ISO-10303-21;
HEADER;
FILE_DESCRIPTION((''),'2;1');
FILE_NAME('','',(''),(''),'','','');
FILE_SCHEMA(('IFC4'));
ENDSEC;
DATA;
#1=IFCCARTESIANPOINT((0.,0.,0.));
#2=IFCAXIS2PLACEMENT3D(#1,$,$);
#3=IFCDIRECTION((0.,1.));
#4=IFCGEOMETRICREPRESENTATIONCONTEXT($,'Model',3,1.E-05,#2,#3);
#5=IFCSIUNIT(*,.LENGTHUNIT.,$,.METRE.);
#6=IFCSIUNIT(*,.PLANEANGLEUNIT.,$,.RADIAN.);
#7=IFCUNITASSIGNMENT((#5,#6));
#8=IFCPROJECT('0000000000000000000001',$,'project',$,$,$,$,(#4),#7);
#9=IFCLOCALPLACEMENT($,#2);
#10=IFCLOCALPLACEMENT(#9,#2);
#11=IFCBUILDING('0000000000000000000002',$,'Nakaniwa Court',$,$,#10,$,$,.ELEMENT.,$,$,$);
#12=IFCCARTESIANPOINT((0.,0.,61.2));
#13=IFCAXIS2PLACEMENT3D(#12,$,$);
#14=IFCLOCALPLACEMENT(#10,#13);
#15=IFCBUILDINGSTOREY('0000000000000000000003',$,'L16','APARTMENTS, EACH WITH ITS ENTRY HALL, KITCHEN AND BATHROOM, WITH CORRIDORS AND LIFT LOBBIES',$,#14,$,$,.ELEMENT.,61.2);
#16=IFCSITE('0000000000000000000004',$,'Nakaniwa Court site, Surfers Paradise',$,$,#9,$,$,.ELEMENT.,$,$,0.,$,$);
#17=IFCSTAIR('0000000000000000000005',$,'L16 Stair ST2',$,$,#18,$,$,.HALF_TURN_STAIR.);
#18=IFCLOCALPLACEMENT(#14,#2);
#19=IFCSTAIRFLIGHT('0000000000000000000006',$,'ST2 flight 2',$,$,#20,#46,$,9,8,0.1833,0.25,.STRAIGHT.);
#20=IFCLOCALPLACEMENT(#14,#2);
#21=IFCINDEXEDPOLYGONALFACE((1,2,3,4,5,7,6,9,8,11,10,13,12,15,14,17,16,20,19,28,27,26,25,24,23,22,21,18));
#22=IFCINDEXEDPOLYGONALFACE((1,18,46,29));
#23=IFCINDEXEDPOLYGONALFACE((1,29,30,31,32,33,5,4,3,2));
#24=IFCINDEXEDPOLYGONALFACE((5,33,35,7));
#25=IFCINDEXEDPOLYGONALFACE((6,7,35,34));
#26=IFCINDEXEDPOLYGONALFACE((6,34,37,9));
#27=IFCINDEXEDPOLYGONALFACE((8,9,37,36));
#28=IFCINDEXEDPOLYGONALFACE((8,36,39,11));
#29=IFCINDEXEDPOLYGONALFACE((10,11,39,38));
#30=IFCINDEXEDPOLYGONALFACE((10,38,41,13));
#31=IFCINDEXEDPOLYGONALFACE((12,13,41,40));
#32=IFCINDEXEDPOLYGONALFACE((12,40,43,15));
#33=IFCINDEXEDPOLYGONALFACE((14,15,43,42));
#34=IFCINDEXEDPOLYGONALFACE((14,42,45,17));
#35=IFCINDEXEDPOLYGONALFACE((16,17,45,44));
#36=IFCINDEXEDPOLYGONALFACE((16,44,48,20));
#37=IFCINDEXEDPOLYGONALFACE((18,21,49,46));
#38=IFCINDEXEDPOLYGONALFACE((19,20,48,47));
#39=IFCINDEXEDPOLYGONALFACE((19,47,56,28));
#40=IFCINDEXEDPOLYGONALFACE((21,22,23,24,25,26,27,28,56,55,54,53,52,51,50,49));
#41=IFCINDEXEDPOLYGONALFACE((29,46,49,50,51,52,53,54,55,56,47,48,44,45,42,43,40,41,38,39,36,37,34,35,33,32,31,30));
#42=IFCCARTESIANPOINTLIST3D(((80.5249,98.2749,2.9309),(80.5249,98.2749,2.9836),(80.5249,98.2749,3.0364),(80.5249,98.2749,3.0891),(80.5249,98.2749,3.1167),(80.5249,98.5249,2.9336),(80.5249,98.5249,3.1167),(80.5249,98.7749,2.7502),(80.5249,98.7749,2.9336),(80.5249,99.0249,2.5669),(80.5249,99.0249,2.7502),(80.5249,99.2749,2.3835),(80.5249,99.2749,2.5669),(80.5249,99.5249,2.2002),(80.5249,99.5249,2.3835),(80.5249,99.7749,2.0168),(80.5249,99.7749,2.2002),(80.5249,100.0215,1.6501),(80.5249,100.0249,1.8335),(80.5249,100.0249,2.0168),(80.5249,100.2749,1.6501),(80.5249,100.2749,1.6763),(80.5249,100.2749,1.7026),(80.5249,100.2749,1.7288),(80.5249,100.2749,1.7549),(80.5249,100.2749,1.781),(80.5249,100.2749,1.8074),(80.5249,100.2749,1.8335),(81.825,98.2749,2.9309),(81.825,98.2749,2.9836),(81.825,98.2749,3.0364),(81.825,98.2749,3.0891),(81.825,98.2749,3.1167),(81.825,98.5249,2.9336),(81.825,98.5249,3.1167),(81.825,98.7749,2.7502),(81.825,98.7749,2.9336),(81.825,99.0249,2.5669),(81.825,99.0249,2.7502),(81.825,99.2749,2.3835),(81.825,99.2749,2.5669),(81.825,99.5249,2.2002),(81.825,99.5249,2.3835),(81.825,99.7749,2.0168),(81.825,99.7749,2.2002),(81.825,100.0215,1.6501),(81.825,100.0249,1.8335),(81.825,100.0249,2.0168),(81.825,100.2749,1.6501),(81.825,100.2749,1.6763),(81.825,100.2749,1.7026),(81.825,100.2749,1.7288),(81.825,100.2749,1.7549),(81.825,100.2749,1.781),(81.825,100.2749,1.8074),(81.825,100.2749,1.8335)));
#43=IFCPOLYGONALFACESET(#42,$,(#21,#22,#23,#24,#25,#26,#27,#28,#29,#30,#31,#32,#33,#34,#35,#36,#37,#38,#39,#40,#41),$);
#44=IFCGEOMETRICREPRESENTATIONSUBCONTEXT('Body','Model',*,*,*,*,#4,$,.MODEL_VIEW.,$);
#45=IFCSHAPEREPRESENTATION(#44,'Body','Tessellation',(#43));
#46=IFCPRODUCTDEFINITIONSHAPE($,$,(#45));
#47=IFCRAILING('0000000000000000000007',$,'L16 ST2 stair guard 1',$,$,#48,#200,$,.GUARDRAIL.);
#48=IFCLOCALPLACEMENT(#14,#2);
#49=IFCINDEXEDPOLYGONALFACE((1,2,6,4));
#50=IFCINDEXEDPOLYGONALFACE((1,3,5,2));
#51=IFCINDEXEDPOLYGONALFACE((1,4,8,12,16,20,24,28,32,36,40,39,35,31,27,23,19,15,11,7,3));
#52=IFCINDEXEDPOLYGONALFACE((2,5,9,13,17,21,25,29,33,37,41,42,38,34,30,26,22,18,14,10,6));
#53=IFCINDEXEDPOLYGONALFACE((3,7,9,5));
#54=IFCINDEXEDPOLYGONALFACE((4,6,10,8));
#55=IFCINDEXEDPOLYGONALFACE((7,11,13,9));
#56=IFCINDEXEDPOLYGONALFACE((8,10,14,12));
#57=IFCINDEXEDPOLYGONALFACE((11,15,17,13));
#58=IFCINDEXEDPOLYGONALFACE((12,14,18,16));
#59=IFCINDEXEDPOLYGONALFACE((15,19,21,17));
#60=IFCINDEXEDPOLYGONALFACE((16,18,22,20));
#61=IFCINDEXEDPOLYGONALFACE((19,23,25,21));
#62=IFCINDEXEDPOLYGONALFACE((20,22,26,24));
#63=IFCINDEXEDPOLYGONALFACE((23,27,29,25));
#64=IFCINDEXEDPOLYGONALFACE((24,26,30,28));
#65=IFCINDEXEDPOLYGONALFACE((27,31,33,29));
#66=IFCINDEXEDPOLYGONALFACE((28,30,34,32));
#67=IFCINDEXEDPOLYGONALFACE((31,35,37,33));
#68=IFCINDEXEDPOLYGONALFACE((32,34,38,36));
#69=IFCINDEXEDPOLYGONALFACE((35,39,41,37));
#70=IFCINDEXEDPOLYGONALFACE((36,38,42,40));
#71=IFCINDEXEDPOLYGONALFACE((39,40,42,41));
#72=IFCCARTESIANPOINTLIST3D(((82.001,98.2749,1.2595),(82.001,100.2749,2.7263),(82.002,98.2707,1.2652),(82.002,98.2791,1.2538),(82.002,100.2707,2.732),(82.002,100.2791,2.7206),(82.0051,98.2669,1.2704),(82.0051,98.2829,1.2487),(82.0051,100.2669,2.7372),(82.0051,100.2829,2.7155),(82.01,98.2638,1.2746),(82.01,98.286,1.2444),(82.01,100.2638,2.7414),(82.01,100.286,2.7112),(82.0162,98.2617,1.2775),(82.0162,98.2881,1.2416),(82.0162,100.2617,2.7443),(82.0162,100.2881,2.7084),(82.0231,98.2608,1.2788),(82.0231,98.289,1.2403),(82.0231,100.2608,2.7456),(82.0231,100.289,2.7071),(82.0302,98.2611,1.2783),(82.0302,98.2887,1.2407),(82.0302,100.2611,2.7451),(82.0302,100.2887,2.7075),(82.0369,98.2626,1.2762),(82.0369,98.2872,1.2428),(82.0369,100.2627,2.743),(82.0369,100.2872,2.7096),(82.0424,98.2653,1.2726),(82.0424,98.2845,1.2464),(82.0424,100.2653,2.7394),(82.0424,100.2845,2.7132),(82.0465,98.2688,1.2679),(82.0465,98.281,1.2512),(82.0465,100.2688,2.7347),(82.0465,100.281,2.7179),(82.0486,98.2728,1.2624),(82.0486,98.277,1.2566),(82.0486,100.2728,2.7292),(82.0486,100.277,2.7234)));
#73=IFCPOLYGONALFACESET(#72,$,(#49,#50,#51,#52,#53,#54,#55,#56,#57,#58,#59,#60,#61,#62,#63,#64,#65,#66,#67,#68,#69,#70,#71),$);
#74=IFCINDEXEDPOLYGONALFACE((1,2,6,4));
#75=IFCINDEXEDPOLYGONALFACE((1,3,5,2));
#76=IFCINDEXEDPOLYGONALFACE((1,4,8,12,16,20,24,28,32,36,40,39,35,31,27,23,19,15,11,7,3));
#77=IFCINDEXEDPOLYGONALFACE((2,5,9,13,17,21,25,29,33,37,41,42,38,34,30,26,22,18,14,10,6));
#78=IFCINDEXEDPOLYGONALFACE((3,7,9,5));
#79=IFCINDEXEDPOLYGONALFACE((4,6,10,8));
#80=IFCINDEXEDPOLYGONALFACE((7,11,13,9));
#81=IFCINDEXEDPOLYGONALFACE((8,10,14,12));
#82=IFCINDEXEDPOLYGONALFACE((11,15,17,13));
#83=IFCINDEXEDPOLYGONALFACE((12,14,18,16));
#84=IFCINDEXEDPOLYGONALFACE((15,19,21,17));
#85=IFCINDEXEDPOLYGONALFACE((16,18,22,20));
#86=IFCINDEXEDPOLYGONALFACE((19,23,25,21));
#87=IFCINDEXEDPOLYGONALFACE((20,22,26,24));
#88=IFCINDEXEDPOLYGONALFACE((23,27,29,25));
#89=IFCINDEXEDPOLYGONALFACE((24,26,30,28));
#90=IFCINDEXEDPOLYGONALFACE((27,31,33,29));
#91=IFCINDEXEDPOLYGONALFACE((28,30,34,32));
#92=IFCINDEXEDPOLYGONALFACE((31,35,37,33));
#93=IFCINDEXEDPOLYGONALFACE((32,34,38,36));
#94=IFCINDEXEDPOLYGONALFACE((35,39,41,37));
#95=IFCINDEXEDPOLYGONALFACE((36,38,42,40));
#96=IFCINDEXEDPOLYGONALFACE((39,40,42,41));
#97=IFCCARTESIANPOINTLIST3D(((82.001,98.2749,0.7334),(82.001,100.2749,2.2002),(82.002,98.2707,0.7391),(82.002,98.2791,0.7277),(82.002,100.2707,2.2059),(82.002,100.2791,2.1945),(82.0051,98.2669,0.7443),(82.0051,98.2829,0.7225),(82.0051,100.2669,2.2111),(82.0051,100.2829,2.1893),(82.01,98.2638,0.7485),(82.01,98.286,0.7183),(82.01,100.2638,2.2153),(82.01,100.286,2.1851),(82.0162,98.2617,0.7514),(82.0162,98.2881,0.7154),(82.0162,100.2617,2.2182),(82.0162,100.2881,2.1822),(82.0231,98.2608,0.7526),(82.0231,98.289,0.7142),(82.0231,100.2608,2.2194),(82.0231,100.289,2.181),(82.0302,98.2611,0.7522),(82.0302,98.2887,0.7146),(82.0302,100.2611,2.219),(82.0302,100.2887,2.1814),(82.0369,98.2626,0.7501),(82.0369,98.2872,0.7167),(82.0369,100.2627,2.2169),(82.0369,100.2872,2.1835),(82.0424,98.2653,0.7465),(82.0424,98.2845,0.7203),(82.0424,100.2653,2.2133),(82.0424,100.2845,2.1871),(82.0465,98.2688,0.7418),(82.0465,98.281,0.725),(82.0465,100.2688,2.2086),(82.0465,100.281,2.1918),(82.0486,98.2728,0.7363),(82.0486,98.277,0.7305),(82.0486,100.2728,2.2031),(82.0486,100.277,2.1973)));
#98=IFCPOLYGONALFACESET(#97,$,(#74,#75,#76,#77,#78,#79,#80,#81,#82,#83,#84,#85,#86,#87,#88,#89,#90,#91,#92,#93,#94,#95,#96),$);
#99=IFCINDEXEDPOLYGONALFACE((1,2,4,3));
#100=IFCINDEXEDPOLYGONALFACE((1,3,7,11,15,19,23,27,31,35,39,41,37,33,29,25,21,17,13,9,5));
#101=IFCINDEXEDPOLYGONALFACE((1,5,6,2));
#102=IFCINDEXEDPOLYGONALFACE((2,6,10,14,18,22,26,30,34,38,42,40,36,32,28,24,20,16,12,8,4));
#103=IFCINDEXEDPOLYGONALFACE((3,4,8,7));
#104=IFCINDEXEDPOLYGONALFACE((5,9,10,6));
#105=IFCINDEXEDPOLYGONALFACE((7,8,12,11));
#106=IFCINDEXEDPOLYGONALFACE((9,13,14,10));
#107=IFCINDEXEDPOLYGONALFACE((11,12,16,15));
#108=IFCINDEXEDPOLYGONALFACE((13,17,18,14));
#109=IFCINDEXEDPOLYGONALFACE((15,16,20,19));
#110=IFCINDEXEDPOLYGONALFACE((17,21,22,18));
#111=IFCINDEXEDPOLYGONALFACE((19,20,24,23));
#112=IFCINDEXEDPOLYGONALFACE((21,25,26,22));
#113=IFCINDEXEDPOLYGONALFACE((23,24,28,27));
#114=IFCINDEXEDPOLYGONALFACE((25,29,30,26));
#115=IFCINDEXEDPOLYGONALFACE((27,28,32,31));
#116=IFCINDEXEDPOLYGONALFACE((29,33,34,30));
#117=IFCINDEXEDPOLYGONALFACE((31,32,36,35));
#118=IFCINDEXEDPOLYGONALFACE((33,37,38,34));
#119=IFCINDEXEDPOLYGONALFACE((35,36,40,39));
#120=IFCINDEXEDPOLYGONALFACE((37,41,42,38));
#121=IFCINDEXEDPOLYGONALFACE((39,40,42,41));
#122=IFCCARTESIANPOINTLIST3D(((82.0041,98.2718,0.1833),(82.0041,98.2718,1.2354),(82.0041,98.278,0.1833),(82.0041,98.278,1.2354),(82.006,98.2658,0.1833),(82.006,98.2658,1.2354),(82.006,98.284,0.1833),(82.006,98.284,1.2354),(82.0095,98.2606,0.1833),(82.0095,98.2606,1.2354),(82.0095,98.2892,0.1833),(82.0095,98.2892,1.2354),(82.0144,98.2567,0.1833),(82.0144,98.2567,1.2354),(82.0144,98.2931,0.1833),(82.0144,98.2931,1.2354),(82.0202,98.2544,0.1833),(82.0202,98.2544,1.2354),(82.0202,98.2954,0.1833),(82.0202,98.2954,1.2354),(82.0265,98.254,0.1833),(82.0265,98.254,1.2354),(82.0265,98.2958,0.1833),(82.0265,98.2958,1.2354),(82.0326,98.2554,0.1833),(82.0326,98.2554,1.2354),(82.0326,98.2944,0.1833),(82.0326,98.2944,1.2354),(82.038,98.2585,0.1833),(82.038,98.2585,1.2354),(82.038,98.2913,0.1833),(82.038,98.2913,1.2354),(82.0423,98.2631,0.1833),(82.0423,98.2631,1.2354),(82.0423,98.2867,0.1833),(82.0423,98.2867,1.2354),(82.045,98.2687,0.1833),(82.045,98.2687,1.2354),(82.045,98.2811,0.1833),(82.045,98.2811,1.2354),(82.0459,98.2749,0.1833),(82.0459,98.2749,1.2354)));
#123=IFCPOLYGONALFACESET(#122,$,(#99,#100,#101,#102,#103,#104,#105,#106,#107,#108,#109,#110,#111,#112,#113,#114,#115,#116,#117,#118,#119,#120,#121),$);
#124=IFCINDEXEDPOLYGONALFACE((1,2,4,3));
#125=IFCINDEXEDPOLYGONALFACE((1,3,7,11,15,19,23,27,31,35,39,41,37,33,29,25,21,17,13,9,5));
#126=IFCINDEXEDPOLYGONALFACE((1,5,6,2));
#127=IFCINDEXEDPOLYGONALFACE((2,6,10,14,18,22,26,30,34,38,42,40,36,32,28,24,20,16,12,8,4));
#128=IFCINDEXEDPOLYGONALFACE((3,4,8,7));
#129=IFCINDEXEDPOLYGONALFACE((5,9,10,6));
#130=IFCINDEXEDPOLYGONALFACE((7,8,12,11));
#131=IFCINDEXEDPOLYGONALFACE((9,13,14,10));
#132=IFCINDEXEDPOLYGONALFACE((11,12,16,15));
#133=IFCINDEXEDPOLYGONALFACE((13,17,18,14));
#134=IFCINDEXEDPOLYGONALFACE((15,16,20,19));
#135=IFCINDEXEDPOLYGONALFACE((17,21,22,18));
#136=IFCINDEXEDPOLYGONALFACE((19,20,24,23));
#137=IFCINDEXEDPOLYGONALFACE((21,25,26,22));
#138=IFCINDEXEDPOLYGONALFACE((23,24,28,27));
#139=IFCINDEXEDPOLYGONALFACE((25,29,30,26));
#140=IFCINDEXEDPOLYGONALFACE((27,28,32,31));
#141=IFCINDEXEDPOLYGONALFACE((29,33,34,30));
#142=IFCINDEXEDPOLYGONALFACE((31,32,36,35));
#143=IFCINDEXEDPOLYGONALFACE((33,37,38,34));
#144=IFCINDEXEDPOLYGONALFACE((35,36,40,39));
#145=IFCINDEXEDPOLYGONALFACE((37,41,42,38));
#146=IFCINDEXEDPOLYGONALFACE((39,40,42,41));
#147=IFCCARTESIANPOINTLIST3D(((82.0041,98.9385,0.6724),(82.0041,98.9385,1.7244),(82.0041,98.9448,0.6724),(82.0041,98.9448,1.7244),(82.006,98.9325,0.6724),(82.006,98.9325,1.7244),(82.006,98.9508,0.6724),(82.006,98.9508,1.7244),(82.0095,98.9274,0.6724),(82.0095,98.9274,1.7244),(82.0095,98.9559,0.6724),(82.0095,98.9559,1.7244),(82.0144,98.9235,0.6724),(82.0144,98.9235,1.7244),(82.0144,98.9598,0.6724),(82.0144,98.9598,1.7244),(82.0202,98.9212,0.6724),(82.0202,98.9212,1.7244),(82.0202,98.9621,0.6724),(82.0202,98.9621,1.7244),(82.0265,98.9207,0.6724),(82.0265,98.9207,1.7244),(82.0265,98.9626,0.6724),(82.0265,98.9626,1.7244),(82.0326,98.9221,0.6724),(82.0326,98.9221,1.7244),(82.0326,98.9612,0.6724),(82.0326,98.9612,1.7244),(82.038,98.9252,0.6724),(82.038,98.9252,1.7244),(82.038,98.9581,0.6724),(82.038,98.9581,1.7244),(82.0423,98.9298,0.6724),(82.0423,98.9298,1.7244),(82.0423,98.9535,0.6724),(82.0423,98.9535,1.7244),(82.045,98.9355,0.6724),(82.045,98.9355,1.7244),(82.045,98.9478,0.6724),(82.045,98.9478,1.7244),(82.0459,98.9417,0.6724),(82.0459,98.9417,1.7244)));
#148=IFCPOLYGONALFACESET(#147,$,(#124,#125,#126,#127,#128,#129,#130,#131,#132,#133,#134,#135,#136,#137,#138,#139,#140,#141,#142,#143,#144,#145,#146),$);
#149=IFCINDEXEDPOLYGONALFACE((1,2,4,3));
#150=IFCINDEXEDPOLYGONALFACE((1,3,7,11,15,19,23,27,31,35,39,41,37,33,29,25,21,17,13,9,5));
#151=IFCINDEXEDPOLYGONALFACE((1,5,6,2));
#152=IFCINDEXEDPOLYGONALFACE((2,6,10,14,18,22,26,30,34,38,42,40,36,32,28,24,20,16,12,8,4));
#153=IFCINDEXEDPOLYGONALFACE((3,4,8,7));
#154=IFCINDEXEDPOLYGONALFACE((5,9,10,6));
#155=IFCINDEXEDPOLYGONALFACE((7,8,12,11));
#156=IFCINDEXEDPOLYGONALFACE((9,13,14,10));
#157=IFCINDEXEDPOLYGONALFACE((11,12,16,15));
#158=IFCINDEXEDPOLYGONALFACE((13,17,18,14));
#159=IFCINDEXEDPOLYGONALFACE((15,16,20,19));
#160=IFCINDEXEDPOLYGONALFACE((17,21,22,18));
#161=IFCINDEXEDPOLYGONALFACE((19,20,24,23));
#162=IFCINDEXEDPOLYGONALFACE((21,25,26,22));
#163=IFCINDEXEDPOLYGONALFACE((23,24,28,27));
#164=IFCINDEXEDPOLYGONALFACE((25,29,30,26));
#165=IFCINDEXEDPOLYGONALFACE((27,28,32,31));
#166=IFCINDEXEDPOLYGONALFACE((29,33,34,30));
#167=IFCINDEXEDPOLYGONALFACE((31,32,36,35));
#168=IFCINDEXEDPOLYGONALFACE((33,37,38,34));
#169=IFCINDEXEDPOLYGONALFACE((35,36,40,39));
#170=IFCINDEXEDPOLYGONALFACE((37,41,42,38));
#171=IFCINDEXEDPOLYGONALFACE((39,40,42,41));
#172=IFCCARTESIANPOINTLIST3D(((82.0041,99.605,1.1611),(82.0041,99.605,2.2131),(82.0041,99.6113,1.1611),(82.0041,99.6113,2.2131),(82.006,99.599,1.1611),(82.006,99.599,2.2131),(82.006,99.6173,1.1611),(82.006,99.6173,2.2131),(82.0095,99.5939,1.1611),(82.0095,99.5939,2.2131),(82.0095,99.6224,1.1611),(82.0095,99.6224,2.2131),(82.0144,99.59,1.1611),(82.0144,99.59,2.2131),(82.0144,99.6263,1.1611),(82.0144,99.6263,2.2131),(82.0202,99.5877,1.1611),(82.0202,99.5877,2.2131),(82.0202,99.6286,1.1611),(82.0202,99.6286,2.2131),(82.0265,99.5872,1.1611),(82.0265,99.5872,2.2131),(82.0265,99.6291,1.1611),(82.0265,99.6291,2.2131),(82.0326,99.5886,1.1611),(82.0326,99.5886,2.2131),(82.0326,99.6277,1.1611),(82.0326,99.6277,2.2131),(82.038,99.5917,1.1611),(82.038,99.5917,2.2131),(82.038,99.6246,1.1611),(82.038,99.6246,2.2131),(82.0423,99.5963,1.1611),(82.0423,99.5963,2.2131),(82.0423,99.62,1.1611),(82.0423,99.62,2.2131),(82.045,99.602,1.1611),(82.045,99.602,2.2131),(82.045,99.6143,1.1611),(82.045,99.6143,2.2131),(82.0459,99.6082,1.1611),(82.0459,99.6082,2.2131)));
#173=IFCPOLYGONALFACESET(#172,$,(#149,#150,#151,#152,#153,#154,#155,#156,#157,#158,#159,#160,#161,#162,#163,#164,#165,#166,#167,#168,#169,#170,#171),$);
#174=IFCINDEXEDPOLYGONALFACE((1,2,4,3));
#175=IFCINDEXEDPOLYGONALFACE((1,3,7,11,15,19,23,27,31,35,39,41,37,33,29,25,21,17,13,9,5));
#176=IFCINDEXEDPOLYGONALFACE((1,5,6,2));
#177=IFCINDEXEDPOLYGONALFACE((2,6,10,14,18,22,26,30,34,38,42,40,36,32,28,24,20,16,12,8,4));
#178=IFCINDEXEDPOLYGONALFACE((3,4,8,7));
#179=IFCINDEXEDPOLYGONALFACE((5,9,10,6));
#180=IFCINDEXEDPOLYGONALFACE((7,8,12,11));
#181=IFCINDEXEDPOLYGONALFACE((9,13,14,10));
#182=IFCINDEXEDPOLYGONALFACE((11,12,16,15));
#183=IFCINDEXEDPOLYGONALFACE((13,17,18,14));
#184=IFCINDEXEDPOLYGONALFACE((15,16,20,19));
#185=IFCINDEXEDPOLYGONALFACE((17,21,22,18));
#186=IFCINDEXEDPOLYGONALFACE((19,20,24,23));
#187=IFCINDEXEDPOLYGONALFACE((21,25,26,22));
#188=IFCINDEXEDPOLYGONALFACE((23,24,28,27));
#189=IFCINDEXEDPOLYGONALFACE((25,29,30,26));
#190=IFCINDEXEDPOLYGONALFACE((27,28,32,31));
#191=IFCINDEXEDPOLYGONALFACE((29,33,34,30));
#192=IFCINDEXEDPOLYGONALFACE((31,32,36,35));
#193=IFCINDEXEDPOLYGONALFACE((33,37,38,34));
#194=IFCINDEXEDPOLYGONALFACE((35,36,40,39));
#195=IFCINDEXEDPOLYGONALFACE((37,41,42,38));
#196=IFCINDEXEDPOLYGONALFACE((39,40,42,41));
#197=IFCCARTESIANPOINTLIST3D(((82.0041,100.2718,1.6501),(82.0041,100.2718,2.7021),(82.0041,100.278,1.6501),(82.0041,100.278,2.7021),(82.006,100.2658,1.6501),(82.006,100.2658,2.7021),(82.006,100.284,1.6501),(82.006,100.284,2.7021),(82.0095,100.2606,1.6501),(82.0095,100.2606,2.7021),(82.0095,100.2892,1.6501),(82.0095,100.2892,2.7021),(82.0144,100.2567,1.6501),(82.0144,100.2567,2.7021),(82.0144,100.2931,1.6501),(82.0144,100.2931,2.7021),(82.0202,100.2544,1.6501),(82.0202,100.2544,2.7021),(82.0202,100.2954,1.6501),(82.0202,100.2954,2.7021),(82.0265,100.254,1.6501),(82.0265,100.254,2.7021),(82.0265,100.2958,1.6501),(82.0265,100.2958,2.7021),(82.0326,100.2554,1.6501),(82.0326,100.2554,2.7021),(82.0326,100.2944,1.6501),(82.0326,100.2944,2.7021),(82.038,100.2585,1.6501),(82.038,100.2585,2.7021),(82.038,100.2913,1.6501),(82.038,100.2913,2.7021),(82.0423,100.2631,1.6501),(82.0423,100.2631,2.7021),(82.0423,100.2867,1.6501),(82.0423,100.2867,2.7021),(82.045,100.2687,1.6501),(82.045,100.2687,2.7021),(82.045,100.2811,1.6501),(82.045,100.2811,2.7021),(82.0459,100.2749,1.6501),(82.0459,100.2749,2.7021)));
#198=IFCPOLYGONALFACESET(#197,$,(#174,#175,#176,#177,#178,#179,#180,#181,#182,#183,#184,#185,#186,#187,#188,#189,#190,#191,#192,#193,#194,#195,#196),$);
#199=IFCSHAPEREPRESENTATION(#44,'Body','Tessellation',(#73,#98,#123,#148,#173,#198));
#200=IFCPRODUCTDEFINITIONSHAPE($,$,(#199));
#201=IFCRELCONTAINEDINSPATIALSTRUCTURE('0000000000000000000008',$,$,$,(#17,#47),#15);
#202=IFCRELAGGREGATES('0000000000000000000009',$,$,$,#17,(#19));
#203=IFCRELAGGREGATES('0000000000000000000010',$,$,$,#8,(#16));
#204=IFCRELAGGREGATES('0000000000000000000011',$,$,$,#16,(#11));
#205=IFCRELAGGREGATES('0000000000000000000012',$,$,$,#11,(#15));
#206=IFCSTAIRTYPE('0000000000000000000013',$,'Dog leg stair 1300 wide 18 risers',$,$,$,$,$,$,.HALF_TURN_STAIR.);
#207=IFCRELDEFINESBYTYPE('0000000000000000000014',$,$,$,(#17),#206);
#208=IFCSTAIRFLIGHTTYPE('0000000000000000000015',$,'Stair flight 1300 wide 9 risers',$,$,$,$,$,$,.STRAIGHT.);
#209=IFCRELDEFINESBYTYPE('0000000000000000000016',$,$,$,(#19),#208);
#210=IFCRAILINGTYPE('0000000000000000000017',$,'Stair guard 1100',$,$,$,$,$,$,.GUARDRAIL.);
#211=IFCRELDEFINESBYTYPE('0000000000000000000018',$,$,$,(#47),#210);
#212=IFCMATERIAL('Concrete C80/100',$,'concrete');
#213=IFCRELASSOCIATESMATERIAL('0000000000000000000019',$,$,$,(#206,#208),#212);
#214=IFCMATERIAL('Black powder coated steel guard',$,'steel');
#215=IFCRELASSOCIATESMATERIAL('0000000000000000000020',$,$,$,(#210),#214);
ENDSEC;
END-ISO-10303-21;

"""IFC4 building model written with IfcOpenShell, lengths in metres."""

from ifc_helpers import new_model, si_unit, direction, frame, origin, origin_2d, place, context, subcontext, project, spatial, polyline, circle, outline, extrude, material, type_object, element, aggregate, save


model = new_model("IFC4")

# Units and contexts
model_context = context("Model", 3, precision=1e-05, world=origin(), true_north=direction((0.0, 1.0)))
body_context = subcontext(model_context, "Body", "Model", "MODEL_VIEW")
ifc_project = project(units=[si_unit("LENGTHUNIT", "METRE"), si_unit("PLANEANGLEUNIT", "RADIAN")], contexts=[model_context])

# Site, building, storey
site_placement = place(None, origin())
site = spatial("IfcSite", under=ifc_project, at=site_placement, Name="Nakaniwa Court site, Surfers Paradise", CompositionType="ELEMENT", RefElevation=0.0)
building_placement = place(site_placement, origin())
building = spatial("IfcBuilding", under=site, at=building_placement, Name="Nakaniwa Court", CompositionType="ELEMENT")
storey_placement = place(building_placement, frame((0.0, 0.0, 61.2)))
storey = spatial("IfcBuildingStorey", under=building, at=storey_placement, Name="L16", Description="APARTMENTS, EACH WITH ITS ENTRY HALL, KITCHEN AND BATHROOM, WITH CORRIDORS AND LIFT LOBBIES", CompositionType="ELEMENT", Elevation=61.2)

# Shared definitions
ifc_material_1 = material(Name="Concrete C80/100", Category="concrete")

# Stair, stair flight
stair_type = type_object("IfcStairType", Name="Dog leg stair 1300 wide 18 risers", PredefinedType="HALF_TURN_STAIR", material=ifc_material_1)
stair_placement = place(storey_placement, origin())
stair = element("IfcStair", 1, at=stair_placement, inside=storey, type_object=stair_type, Name="L16 Stair ST2", PredefinedType="HALF_TURN_STAIR")
stair_flight_type = type_object("IfcStairFlightType", Name="Stair flight 1300 wide 9 risers", PredefinedType="STRAIGHT", material=ifc_material_1)
stair_flight_1_placement = place(storey_placement, frame((81.175, 100.2749, 1.6501), z_axis=(0.0, 0.0, 1.0), x_axis=(0.0, -1.0, 0.0)))
stair_flight_1 = element("IfcStairFlight", 2, at=stair_flight_1_placement, type_object=stair_flight_type, Name="ST2 flight 2", NumberOfRisers=9, NumberOfTreads=8, PredefinedType="STRAIGHT", RiserHeight=0.1833, TreadLength=0.25, context=body_context, shape_type="SweptSolid", body=[
    extrude(outline(polyline([(0.0, 0.0), (0.0, 0.0261), (0.0, 0.0525), (0.0, 0.0786), (0.0, 0.1047), (0.0, 0.1309), (0.0, 0.1572), (0.0, 0.1833), (0.25, 0.1833), (0.25, 0.3667), (0.5, 0.3667), (0.5, 0.55), (0.75, 0.55), (0.75, 0.7334), (1.0, 0.7334), (1.0, 0.9167), (1.25, 0.9167), (1.25, 1.1001), (1.5, 1.1001), (1.5, 1.2834), (1.75, 1.2834), (1.75, 1.4666), (2.0, 1.4666), (2.0, 1.6499), (2.0, 1.5972), (2.0, 1.5444), (2.0, 1.4917), (2.0, 1.439), (2.0, 1.3862), (2.0, 1.3335), (2.0, 1.2808), (0.2534, 0.0), (0.0, 0.0)])), frame((0.0, 0.6499, 0.0), z_axis=(0.0, -1.0, 0.0), x_axis=(1.0, 0.0, 0.0)), (0.0, 0.0, 1.0), 1.3),
])
aggregate(stair, [stair_flight_1])

# Railing
ifc_material_2 = material(Name="Black powder coated steel guard", Category="steel")
railing_type_1 = type_object("IfcRailingType", Name="Stair guard 1100", PredefinedType="GUARDRAIL", material=ifc_material_2)
railing_1_placement = place(storey_placement, frame((82.0249, 98.2749, 0.1833)))
element("IfcRailing", 3, at=railing_1_placement, inside=storey, type_object=railing_type_1, Name="L16 ST2 stair guard 1", PredefinedType="GUARDRAIL", context=body_context, shape_type="SweptSolid", body=[
    extrude(circle(Radius=0.0239, at=origin_2d()), frame((0.0, 0.0, 1.0762), z_axis=(0.0, 0.80638, 0.591398), x_axis=(-1.0, 0.0, 0.0)), (0.0, 0.0, 1.0), 2.4802),
    extrude(circle(Radius=0.0239, at=origin_2d()), frame((0.0, 0.0, 0.55), z_axis=(0.0, 0.80638, 0.591398), x_axis=(-1.0, 0.0, 0.0)), (0.0, 0.0, 1.0), 2.4802),
    extrude(circle(Radius=0.021, at=origin_2d()), origin(), (0.0, 0.0, 1.0), 1.052),
    extrude(circle(Radius=0.021, at=origin_2d()), frame((0.0, 0.6667, 0.489)), (0.0, 0.0, 1.0), 1.052),
    extrude(circle(Radius=0.021, at=origin_2d()), frame((0.0, 1.3333, 0.9778)), (0.0, 0.0, 1.0), 1.052),
    extrude(circle(Radius=0.021, at=origin_2d()), frame((0.0, 2.0, 1.4668)), (0.0, 0.0, 1.0), 1.052),
])

save(model, "model.ifc")
